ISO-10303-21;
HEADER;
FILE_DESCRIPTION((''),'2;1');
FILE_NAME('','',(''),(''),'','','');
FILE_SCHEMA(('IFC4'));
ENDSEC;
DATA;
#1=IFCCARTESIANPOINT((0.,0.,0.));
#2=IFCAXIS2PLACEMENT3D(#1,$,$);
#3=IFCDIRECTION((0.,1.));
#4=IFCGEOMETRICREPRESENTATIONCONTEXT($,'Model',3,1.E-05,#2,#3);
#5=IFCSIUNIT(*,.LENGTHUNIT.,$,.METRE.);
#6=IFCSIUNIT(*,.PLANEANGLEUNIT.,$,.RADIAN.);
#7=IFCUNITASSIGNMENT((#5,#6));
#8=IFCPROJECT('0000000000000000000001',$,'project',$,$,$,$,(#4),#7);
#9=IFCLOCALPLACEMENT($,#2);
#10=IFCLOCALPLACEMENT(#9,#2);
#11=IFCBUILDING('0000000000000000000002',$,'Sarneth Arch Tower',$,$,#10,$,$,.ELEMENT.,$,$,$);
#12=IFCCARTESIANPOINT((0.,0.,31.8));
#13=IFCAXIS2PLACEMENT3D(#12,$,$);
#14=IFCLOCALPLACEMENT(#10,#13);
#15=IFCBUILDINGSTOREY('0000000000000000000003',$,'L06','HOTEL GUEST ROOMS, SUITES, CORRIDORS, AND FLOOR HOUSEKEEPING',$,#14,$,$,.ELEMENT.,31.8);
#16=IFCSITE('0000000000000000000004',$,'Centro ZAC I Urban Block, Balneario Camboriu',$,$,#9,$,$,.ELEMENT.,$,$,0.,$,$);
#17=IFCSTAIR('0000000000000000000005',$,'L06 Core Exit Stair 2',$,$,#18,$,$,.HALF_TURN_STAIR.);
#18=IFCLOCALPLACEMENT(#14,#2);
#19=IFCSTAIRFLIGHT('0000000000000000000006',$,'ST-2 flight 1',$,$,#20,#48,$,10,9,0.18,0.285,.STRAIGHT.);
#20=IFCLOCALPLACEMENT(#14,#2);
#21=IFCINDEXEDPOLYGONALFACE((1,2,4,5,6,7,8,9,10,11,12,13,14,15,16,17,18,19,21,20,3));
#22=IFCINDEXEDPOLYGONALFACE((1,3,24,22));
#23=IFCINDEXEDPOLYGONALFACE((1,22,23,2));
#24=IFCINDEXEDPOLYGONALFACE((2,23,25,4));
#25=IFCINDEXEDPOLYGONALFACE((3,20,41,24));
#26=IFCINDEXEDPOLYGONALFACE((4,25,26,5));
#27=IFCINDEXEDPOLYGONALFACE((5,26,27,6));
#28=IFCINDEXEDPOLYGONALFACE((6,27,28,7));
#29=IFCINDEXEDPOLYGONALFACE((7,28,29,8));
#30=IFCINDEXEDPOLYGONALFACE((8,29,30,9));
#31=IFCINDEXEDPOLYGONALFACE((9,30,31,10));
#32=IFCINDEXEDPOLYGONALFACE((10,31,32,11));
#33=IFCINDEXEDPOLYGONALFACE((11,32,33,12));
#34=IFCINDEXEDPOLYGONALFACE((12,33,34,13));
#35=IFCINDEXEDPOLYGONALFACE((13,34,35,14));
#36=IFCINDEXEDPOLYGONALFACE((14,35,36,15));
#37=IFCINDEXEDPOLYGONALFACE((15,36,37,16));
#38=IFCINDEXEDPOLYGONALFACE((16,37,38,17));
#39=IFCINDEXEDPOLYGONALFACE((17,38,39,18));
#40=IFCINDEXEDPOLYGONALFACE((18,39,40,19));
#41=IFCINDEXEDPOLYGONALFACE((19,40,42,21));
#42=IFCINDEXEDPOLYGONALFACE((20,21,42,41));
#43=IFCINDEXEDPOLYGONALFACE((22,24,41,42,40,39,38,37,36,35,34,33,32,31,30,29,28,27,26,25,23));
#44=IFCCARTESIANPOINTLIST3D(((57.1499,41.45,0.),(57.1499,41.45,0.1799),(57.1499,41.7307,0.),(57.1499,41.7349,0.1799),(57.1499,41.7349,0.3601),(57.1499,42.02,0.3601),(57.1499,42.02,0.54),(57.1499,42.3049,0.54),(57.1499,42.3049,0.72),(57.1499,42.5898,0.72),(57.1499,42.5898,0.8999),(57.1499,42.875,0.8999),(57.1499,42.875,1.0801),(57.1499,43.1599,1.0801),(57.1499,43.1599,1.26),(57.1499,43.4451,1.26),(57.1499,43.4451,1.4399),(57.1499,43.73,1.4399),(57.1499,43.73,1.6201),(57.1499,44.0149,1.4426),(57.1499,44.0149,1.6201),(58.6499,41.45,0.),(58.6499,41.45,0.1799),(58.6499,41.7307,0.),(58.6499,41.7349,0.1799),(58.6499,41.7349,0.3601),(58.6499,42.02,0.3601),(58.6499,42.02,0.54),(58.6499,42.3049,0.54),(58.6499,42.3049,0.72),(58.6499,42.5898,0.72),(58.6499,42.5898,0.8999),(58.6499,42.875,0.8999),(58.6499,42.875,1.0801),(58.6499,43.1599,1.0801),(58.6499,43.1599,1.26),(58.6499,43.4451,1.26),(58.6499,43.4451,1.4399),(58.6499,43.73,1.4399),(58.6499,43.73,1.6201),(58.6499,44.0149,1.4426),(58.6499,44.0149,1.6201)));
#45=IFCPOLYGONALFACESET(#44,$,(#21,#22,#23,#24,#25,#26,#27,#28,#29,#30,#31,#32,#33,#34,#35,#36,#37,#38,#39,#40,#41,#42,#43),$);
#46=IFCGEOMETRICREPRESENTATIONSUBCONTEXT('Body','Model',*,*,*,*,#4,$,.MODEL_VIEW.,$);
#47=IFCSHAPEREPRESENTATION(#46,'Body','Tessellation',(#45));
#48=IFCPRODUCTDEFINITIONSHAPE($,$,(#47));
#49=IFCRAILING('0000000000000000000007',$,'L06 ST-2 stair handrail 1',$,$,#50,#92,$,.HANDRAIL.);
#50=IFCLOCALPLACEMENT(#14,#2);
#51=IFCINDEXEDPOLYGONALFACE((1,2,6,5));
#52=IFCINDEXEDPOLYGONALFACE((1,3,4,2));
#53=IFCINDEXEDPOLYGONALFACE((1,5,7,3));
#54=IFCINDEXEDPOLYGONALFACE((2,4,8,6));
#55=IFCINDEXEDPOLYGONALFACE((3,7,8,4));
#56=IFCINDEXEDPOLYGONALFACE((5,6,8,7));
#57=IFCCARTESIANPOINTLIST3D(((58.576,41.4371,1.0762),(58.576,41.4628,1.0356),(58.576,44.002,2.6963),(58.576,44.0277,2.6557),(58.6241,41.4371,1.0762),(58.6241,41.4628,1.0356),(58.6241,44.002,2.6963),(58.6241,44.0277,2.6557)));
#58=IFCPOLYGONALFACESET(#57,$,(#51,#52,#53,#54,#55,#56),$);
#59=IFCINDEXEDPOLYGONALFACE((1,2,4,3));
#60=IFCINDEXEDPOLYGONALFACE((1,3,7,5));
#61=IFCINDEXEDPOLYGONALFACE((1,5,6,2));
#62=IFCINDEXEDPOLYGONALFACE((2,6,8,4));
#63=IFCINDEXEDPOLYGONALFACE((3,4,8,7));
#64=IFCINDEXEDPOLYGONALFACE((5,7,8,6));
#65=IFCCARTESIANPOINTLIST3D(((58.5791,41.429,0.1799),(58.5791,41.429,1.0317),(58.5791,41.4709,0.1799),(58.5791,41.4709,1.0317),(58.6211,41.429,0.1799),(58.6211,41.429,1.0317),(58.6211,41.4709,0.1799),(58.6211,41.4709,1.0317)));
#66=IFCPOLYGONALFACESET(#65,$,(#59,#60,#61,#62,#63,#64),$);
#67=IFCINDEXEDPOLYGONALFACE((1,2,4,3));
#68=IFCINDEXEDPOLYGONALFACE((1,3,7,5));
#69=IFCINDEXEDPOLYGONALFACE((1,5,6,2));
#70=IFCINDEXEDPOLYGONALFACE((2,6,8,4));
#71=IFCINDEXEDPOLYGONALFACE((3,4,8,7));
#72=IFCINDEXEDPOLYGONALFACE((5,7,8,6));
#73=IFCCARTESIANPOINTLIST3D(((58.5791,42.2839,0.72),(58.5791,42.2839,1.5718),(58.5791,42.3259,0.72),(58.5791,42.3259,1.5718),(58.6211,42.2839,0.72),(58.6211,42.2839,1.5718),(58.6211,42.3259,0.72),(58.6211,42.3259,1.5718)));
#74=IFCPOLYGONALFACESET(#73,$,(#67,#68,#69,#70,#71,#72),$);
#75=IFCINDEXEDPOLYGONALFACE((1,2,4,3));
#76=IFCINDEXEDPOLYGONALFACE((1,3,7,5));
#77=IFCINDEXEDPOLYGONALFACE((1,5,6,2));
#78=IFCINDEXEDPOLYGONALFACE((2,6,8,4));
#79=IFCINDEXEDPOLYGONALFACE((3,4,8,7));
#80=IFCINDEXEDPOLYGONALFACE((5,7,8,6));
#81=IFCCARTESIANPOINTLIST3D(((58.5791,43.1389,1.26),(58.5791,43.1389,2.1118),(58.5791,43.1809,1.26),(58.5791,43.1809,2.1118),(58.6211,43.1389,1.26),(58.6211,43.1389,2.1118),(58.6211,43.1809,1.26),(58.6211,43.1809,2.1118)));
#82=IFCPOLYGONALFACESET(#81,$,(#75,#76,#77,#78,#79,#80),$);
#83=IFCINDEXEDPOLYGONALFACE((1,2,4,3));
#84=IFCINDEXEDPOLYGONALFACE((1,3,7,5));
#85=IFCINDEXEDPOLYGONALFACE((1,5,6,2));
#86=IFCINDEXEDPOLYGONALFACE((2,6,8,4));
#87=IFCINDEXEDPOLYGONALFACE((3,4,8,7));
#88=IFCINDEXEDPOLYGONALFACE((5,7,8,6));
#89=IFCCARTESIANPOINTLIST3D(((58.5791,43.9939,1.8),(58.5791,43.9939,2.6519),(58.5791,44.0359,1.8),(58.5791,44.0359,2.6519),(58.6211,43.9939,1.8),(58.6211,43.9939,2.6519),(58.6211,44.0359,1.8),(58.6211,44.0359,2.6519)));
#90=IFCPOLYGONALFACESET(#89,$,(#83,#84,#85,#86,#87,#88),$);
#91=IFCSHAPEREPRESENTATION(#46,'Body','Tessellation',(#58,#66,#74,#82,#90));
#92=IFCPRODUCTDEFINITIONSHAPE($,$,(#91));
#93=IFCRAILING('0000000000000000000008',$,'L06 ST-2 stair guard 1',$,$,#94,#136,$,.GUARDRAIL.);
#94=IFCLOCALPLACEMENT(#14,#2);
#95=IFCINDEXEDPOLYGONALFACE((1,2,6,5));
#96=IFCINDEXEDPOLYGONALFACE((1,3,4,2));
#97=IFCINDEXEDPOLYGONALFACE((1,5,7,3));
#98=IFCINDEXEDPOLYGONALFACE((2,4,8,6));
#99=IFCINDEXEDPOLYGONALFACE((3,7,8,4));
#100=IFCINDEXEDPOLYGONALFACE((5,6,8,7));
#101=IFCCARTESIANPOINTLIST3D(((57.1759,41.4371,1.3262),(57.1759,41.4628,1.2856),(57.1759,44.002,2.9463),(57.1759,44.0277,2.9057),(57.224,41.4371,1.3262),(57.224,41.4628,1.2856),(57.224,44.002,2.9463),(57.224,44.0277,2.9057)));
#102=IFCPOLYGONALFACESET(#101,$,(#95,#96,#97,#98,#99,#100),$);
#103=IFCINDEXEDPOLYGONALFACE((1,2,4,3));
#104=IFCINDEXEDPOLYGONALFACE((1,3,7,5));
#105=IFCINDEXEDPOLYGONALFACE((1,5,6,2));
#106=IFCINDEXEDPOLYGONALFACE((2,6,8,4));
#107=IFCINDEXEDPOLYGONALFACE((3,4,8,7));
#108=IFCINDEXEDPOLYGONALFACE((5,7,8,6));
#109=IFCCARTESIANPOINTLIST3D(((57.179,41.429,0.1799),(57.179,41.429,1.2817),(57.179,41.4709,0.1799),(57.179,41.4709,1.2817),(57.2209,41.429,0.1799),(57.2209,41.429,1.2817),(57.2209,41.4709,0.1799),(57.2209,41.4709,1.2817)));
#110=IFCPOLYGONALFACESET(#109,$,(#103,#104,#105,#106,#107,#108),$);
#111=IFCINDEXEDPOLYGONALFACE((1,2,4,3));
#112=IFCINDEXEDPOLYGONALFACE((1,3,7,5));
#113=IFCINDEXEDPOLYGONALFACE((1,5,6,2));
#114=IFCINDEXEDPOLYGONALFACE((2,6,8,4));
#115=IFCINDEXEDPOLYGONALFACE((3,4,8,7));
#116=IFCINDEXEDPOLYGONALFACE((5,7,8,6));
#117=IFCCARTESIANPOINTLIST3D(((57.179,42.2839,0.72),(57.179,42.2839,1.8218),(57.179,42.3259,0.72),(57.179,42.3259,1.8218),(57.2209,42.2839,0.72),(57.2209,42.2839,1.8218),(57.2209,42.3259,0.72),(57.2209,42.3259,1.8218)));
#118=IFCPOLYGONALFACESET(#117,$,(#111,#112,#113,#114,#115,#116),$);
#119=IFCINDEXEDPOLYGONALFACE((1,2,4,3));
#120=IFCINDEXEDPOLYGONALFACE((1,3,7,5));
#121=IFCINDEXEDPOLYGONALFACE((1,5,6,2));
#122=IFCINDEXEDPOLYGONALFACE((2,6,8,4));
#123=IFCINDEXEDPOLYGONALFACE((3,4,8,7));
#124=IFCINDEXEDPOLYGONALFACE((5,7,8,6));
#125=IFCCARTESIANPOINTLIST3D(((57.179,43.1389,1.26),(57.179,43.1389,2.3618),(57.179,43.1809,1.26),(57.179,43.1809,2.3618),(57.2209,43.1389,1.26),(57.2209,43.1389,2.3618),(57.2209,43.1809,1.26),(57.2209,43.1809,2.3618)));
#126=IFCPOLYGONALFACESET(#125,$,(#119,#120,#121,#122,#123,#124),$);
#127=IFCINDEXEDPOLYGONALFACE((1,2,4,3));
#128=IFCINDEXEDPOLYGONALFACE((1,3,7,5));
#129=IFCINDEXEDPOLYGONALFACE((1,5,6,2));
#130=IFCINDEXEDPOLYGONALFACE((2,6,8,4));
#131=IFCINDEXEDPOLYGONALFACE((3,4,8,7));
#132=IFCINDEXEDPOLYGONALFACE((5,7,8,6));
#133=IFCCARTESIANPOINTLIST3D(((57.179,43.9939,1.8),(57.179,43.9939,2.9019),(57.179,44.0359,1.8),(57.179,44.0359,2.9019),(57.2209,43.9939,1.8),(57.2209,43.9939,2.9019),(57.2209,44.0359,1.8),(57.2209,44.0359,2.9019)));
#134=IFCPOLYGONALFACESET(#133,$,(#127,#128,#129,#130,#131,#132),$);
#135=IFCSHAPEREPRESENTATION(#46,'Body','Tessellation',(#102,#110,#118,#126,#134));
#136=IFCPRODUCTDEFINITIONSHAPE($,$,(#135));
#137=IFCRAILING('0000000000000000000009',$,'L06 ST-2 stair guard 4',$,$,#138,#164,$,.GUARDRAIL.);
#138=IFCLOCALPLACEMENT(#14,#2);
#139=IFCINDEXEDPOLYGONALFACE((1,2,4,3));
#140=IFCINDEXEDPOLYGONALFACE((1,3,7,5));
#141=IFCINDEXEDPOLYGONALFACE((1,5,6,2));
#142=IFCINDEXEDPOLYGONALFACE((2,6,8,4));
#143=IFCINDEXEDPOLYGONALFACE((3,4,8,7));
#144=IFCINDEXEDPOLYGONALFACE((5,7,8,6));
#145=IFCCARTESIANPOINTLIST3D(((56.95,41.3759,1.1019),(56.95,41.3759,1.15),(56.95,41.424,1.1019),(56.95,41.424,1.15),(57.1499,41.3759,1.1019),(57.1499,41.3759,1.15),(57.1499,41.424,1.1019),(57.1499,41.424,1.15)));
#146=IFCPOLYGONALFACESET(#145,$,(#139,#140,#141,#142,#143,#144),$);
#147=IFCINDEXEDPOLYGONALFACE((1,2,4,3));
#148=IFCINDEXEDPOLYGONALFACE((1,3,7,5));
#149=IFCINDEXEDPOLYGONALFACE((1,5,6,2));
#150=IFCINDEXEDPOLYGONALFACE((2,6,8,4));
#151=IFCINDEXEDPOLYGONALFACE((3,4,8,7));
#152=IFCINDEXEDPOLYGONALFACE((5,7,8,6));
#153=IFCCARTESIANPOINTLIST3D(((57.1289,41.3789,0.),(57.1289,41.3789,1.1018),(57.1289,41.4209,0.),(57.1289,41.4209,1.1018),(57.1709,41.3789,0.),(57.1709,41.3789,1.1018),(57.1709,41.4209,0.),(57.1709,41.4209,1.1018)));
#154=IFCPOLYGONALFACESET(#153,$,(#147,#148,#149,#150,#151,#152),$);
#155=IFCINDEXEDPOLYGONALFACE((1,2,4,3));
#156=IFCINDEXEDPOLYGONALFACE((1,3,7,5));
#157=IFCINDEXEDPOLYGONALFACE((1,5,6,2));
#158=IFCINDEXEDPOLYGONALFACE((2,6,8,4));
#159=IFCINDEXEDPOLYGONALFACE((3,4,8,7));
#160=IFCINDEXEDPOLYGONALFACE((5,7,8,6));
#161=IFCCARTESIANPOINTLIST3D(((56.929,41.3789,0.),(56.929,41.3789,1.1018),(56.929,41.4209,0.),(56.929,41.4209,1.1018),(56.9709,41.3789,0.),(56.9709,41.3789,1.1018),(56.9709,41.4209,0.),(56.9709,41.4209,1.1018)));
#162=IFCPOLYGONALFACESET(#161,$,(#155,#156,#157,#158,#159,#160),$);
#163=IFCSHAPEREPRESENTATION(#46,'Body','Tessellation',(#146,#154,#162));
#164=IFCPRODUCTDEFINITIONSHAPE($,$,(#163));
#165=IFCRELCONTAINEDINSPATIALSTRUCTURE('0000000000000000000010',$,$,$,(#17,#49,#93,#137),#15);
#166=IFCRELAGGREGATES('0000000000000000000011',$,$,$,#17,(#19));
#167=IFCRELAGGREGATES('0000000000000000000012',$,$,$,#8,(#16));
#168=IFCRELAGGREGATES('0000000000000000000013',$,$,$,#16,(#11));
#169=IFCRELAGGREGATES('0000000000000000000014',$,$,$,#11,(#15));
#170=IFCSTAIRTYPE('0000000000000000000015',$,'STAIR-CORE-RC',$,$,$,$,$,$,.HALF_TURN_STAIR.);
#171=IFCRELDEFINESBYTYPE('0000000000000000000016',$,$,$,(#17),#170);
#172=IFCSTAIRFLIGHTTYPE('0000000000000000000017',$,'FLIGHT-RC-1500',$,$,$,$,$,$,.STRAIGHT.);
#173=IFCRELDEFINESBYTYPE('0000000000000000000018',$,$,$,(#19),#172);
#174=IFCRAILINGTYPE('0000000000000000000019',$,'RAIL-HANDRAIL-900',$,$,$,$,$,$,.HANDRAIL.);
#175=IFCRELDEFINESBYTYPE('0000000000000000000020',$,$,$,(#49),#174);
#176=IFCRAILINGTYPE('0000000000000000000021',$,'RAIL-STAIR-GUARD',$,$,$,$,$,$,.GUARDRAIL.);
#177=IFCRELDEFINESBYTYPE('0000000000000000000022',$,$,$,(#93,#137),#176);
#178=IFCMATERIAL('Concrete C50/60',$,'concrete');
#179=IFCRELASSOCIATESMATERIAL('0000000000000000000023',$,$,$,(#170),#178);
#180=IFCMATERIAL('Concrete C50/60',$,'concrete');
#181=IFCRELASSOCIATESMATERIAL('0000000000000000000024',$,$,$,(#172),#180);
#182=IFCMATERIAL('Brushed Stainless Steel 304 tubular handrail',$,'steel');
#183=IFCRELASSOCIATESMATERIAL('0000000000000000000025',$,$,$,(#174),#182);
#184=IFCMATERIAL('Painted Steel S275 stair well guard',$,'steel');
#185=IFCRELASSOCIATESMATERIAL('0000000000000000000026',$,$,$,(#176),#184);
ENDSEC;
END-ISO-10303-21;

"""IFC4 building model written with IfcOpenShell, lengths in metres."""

from ifc_helpers import new_model, si_unit, direction, frame, origin, origin_2d, place, context, subcontext, project, spatial, polyline, rectangle, outline, extrude, material, type_object, element, aggregate, save


model = new_model("IFC4")

# Units and contexts
model_context = context("Model", 3, precision=1e-05, world=origin(), true_north=direction((0.0, 1.0)))
body_context = subcontext(model_context, "Body", "Model", "MODEL_VIEW")
ifc_project = project(units=[si_unit("LENGTHUNIT", "METRE"), si_unit("PLANEANGLEUNIT", "RADIAN")], contexts=[model_context])

# Site, building, storey
site_placement = place(None, origin())
site = spatial("IfcSite", under=ifc_project, at=site_placement, Name="Centro ZAC I Urban Block, Balneario Camboriu", CompositionType="ELEMENT", RefElevation=0.0)
building_placement = place(site_placement, origin())
building = spatial("IfcBuilding", under=site, at=building_placement, Name="Sarneth Arch Tower", CompositionType="ELEMENT")
storey_placement = place(building_placement, frame((0.0, 0.0, 31.8)))
storey = spatial("IfcBuildingStorey", under=building, at=storey_placement, Name="L06", Description="HOTEL GUEST ROOMS, SUITES, CORRIDORS, AND FLOOR HOUSEKEEPING", CompositionType="ELEMENT", Elevation=31.8)

# Stair, stair flight
ifc_material_1 = material(Name="Concrete C50/60", Category="concrete")
stair_type = type_object("IfcStairType", Name="STAIR-CORE-RC", PredefinedType="HALF_TURN_STAIR", material=ifc_material_1)
stair_placement = place(storey_placement, origin())
stair = element("IfcStair", 1, at=stair_placement, inside=storey, type_object=stair_type, Name="L06 Core Exit Stair 2", PredefinedType="HALF_TURN_STAIR")
ifc_material_2 = material(Name="Concrete C50/60", Category="concrete")
stair_flight_type = type_object("IfcStairFlightType", Name="FLIGHT-RC-1500", PredefinedType="STRAIGHT", material=ifc_material_2)
stair_flight_placement = place(storey_placement, frame((57.8999, 41.45, 0.0), z_axis=(0.0, 0.0, 1.0), x_axis=(0.0, 1.0, 0.0)))
stair_flight = element("IfcStairFlight", 2, at=stair_flight_placement, type_object=stair_flight_type, Name="ST-2 flight 1", NumberOfRisers=10, NumberOfTreads=9, PredefinedType="STRAIGHT", RiserHeight=0.18, TreadLength=0.285, context=body_context, shape_type="SweptSolid", body=[
    extrude(outline(polyline([(0.0, 0.0), (0.0, 0.1799), (0.2849, 0.1799), (0.2849, 0.3601), (0.5701, 0.3601), (0.5701, 0.54), (0.855, 0.54), (0.855, 0.72), (1.1399, 0.72), (1.1399, 0.8999), (1.425, 0.8999), (1.425, 1.0801), (1.71, 1.0801), (1.71, 1.26), (1.9951, 1.26), (1.9951, 1.4399), (2.28, 1.4399), (2.28, 1.6201), (2.5649, 1.6201), (2.5649, 1.8), (2.5649, 1.4426), (0.2808, 0.0), (0.0, 0.0)])), frame((0.0, 0.75, 0.0), z_axis=(0.0, -1.0, 0.0), x_axis=(1.0, 0.0, 0.0)), (0.0, 0.0, 1.0), 1.5),
])
aggregate(stair, [stair_flight])

# Railings
ifc_material_3 = material(Name="Brushed Stainless Steel 304 tubular handrail", Category="steel")
railing_type_1 = type_object("IfcRailingType", Name="RAIL-HANDRAIL-900", PredefinedType="HANDRAIL", material=ifc_material_3)
railing_1_placement = place(storey_placement, frame((58.6001, 41.45, 0.1799)))
element("IfcRailing", 3, at=railing_1_placement, inside=storey, type_object=railing_type_1, Name="L06 ST-2 stair handrail 1", PredefinedType="HANDRAIL", context=body_context, shape_type="SweptSolid", body=[
    extrude(rectangle(XDim=0.0481, YDim=0.0481, at=origin_2d()), frame((0.0, 0.0, 0.876), z_axis=(0.0, 0.845466, 0.534029), x_axis=(-1.0, 0.0, 0.0)), (0.0, 0.0, 1.0), 3.0337),
    extrude(rectangle(XDim=0.042, YDim=0.042, at=origin_2d()), origin(), (0.0, 0.0, 1.0), 0.8518),
    extrude(rectangle(XDim=0.042, YDim=0.042, at=origin_2d()), frame((0.0, 0.855, 0.54)), (0.0, 0.0, 1.0), 0.8518),
    extrude(rectangle(XDim=0.042, YDim=0.042, at=origin_2d()), frame((0.0, 1.71, 1.0801)), (0.0, 0.0, 1.0), 0.8518),
    extrude(rectangle(XDim=0.042, YDim=0.042, at=origin_2d()), frame((0.0, 2.5649, 1.6201)), (0.0, 0.0, 1.0), 0.8518),
])
ifc_material_4 = material(Name="Painted Steel S275 stair well guard", Category="steel")
railing_type_2 = type_object("IfcRailingType", Name="RAIL-STAIR-GUARD", PredefinedType="GUARDRAIL", material=ifc_material_4)
railing_2_placement = place(storey_placement, frame((57.2, 41.45, 0.1799)))
element("IfcRailing", 4, at=railing_2_placement, inside=storey, type_object=railing_type_2, Name="L06 ST-2 stair guard 1", PredefinedType="GUARDRAIL", context=body_context, shape_type="SweptSolid", body=[
    extrude(rectangle(XDim=0.0481, YDim=0.0481, at=origin_2d()), frame((0.0, 0.0, 1.126), z_axis=(0.0, 0.845466, 0.534029), x_axis=(-1.0, 0.0, 0.0)), (0.0, 0.0, 1.0), 3.0337),
    extrude(rectangle(XDim=0.042, YDim=0.042, at=origin_2d()), origin(), (0.0, 0.0, 1.0), 1.1018),
    extrude(rectangle(XDim=0.042, YDim=0.042, at=origin_2d()), frame((0.0, 0.855, 0.54)), (0.0, 0.0, 1.0), 1.1018),
    extrude(rectangle(XDim=0.042, YDim=0.042, at=origin_2d()), frame((0.0, 1.71, 1.0801)), (0.0, 0.0, 1.0), 1.1018),
    extrude(rectangle(XDim=0.042, YDim=0.042, at=origin_2d()), frame((0.0, 2.5649, 1.6201)), (0.0, 0.0, 1.0), 1.1018),
])
railing_3_placement = place(storey_placement, frame((57.1499, 41.3999, 0.0)))
element("IfcRailing", 5, at=railing_3_placement, inside=storey, type_object=railing_type_2, Name="L06 ST-2 stair guard 4", PredefinedType="GUARDRAIL", context=body_context, shape_type="SweptSolid", body=[
    extrude(rectangle(XDim=0.0481, YDim=0.0481, at=origin_2d()), frame((0.0, 0.0, 1.126), z_axis=(-1.0, 0.0, 0.0), x_axis=(0.0, -1.0, 0.0)), (0.0, 0.0, 1.0), 0.2),
    extrude(rectangle(XDim=0.042, YDim=0.042, at=origin_2d()), origin(), (0.0, 0.0, 1.0), 1.1018),
    extrude(rectangle(XDim=0.042, YDim=0.042, at=origin_2d()), frame((-0.2, 0.0, 0.0)), (0.0, 0.0, 1.0), 1.1018),
])

save(model, "model.ifc")
